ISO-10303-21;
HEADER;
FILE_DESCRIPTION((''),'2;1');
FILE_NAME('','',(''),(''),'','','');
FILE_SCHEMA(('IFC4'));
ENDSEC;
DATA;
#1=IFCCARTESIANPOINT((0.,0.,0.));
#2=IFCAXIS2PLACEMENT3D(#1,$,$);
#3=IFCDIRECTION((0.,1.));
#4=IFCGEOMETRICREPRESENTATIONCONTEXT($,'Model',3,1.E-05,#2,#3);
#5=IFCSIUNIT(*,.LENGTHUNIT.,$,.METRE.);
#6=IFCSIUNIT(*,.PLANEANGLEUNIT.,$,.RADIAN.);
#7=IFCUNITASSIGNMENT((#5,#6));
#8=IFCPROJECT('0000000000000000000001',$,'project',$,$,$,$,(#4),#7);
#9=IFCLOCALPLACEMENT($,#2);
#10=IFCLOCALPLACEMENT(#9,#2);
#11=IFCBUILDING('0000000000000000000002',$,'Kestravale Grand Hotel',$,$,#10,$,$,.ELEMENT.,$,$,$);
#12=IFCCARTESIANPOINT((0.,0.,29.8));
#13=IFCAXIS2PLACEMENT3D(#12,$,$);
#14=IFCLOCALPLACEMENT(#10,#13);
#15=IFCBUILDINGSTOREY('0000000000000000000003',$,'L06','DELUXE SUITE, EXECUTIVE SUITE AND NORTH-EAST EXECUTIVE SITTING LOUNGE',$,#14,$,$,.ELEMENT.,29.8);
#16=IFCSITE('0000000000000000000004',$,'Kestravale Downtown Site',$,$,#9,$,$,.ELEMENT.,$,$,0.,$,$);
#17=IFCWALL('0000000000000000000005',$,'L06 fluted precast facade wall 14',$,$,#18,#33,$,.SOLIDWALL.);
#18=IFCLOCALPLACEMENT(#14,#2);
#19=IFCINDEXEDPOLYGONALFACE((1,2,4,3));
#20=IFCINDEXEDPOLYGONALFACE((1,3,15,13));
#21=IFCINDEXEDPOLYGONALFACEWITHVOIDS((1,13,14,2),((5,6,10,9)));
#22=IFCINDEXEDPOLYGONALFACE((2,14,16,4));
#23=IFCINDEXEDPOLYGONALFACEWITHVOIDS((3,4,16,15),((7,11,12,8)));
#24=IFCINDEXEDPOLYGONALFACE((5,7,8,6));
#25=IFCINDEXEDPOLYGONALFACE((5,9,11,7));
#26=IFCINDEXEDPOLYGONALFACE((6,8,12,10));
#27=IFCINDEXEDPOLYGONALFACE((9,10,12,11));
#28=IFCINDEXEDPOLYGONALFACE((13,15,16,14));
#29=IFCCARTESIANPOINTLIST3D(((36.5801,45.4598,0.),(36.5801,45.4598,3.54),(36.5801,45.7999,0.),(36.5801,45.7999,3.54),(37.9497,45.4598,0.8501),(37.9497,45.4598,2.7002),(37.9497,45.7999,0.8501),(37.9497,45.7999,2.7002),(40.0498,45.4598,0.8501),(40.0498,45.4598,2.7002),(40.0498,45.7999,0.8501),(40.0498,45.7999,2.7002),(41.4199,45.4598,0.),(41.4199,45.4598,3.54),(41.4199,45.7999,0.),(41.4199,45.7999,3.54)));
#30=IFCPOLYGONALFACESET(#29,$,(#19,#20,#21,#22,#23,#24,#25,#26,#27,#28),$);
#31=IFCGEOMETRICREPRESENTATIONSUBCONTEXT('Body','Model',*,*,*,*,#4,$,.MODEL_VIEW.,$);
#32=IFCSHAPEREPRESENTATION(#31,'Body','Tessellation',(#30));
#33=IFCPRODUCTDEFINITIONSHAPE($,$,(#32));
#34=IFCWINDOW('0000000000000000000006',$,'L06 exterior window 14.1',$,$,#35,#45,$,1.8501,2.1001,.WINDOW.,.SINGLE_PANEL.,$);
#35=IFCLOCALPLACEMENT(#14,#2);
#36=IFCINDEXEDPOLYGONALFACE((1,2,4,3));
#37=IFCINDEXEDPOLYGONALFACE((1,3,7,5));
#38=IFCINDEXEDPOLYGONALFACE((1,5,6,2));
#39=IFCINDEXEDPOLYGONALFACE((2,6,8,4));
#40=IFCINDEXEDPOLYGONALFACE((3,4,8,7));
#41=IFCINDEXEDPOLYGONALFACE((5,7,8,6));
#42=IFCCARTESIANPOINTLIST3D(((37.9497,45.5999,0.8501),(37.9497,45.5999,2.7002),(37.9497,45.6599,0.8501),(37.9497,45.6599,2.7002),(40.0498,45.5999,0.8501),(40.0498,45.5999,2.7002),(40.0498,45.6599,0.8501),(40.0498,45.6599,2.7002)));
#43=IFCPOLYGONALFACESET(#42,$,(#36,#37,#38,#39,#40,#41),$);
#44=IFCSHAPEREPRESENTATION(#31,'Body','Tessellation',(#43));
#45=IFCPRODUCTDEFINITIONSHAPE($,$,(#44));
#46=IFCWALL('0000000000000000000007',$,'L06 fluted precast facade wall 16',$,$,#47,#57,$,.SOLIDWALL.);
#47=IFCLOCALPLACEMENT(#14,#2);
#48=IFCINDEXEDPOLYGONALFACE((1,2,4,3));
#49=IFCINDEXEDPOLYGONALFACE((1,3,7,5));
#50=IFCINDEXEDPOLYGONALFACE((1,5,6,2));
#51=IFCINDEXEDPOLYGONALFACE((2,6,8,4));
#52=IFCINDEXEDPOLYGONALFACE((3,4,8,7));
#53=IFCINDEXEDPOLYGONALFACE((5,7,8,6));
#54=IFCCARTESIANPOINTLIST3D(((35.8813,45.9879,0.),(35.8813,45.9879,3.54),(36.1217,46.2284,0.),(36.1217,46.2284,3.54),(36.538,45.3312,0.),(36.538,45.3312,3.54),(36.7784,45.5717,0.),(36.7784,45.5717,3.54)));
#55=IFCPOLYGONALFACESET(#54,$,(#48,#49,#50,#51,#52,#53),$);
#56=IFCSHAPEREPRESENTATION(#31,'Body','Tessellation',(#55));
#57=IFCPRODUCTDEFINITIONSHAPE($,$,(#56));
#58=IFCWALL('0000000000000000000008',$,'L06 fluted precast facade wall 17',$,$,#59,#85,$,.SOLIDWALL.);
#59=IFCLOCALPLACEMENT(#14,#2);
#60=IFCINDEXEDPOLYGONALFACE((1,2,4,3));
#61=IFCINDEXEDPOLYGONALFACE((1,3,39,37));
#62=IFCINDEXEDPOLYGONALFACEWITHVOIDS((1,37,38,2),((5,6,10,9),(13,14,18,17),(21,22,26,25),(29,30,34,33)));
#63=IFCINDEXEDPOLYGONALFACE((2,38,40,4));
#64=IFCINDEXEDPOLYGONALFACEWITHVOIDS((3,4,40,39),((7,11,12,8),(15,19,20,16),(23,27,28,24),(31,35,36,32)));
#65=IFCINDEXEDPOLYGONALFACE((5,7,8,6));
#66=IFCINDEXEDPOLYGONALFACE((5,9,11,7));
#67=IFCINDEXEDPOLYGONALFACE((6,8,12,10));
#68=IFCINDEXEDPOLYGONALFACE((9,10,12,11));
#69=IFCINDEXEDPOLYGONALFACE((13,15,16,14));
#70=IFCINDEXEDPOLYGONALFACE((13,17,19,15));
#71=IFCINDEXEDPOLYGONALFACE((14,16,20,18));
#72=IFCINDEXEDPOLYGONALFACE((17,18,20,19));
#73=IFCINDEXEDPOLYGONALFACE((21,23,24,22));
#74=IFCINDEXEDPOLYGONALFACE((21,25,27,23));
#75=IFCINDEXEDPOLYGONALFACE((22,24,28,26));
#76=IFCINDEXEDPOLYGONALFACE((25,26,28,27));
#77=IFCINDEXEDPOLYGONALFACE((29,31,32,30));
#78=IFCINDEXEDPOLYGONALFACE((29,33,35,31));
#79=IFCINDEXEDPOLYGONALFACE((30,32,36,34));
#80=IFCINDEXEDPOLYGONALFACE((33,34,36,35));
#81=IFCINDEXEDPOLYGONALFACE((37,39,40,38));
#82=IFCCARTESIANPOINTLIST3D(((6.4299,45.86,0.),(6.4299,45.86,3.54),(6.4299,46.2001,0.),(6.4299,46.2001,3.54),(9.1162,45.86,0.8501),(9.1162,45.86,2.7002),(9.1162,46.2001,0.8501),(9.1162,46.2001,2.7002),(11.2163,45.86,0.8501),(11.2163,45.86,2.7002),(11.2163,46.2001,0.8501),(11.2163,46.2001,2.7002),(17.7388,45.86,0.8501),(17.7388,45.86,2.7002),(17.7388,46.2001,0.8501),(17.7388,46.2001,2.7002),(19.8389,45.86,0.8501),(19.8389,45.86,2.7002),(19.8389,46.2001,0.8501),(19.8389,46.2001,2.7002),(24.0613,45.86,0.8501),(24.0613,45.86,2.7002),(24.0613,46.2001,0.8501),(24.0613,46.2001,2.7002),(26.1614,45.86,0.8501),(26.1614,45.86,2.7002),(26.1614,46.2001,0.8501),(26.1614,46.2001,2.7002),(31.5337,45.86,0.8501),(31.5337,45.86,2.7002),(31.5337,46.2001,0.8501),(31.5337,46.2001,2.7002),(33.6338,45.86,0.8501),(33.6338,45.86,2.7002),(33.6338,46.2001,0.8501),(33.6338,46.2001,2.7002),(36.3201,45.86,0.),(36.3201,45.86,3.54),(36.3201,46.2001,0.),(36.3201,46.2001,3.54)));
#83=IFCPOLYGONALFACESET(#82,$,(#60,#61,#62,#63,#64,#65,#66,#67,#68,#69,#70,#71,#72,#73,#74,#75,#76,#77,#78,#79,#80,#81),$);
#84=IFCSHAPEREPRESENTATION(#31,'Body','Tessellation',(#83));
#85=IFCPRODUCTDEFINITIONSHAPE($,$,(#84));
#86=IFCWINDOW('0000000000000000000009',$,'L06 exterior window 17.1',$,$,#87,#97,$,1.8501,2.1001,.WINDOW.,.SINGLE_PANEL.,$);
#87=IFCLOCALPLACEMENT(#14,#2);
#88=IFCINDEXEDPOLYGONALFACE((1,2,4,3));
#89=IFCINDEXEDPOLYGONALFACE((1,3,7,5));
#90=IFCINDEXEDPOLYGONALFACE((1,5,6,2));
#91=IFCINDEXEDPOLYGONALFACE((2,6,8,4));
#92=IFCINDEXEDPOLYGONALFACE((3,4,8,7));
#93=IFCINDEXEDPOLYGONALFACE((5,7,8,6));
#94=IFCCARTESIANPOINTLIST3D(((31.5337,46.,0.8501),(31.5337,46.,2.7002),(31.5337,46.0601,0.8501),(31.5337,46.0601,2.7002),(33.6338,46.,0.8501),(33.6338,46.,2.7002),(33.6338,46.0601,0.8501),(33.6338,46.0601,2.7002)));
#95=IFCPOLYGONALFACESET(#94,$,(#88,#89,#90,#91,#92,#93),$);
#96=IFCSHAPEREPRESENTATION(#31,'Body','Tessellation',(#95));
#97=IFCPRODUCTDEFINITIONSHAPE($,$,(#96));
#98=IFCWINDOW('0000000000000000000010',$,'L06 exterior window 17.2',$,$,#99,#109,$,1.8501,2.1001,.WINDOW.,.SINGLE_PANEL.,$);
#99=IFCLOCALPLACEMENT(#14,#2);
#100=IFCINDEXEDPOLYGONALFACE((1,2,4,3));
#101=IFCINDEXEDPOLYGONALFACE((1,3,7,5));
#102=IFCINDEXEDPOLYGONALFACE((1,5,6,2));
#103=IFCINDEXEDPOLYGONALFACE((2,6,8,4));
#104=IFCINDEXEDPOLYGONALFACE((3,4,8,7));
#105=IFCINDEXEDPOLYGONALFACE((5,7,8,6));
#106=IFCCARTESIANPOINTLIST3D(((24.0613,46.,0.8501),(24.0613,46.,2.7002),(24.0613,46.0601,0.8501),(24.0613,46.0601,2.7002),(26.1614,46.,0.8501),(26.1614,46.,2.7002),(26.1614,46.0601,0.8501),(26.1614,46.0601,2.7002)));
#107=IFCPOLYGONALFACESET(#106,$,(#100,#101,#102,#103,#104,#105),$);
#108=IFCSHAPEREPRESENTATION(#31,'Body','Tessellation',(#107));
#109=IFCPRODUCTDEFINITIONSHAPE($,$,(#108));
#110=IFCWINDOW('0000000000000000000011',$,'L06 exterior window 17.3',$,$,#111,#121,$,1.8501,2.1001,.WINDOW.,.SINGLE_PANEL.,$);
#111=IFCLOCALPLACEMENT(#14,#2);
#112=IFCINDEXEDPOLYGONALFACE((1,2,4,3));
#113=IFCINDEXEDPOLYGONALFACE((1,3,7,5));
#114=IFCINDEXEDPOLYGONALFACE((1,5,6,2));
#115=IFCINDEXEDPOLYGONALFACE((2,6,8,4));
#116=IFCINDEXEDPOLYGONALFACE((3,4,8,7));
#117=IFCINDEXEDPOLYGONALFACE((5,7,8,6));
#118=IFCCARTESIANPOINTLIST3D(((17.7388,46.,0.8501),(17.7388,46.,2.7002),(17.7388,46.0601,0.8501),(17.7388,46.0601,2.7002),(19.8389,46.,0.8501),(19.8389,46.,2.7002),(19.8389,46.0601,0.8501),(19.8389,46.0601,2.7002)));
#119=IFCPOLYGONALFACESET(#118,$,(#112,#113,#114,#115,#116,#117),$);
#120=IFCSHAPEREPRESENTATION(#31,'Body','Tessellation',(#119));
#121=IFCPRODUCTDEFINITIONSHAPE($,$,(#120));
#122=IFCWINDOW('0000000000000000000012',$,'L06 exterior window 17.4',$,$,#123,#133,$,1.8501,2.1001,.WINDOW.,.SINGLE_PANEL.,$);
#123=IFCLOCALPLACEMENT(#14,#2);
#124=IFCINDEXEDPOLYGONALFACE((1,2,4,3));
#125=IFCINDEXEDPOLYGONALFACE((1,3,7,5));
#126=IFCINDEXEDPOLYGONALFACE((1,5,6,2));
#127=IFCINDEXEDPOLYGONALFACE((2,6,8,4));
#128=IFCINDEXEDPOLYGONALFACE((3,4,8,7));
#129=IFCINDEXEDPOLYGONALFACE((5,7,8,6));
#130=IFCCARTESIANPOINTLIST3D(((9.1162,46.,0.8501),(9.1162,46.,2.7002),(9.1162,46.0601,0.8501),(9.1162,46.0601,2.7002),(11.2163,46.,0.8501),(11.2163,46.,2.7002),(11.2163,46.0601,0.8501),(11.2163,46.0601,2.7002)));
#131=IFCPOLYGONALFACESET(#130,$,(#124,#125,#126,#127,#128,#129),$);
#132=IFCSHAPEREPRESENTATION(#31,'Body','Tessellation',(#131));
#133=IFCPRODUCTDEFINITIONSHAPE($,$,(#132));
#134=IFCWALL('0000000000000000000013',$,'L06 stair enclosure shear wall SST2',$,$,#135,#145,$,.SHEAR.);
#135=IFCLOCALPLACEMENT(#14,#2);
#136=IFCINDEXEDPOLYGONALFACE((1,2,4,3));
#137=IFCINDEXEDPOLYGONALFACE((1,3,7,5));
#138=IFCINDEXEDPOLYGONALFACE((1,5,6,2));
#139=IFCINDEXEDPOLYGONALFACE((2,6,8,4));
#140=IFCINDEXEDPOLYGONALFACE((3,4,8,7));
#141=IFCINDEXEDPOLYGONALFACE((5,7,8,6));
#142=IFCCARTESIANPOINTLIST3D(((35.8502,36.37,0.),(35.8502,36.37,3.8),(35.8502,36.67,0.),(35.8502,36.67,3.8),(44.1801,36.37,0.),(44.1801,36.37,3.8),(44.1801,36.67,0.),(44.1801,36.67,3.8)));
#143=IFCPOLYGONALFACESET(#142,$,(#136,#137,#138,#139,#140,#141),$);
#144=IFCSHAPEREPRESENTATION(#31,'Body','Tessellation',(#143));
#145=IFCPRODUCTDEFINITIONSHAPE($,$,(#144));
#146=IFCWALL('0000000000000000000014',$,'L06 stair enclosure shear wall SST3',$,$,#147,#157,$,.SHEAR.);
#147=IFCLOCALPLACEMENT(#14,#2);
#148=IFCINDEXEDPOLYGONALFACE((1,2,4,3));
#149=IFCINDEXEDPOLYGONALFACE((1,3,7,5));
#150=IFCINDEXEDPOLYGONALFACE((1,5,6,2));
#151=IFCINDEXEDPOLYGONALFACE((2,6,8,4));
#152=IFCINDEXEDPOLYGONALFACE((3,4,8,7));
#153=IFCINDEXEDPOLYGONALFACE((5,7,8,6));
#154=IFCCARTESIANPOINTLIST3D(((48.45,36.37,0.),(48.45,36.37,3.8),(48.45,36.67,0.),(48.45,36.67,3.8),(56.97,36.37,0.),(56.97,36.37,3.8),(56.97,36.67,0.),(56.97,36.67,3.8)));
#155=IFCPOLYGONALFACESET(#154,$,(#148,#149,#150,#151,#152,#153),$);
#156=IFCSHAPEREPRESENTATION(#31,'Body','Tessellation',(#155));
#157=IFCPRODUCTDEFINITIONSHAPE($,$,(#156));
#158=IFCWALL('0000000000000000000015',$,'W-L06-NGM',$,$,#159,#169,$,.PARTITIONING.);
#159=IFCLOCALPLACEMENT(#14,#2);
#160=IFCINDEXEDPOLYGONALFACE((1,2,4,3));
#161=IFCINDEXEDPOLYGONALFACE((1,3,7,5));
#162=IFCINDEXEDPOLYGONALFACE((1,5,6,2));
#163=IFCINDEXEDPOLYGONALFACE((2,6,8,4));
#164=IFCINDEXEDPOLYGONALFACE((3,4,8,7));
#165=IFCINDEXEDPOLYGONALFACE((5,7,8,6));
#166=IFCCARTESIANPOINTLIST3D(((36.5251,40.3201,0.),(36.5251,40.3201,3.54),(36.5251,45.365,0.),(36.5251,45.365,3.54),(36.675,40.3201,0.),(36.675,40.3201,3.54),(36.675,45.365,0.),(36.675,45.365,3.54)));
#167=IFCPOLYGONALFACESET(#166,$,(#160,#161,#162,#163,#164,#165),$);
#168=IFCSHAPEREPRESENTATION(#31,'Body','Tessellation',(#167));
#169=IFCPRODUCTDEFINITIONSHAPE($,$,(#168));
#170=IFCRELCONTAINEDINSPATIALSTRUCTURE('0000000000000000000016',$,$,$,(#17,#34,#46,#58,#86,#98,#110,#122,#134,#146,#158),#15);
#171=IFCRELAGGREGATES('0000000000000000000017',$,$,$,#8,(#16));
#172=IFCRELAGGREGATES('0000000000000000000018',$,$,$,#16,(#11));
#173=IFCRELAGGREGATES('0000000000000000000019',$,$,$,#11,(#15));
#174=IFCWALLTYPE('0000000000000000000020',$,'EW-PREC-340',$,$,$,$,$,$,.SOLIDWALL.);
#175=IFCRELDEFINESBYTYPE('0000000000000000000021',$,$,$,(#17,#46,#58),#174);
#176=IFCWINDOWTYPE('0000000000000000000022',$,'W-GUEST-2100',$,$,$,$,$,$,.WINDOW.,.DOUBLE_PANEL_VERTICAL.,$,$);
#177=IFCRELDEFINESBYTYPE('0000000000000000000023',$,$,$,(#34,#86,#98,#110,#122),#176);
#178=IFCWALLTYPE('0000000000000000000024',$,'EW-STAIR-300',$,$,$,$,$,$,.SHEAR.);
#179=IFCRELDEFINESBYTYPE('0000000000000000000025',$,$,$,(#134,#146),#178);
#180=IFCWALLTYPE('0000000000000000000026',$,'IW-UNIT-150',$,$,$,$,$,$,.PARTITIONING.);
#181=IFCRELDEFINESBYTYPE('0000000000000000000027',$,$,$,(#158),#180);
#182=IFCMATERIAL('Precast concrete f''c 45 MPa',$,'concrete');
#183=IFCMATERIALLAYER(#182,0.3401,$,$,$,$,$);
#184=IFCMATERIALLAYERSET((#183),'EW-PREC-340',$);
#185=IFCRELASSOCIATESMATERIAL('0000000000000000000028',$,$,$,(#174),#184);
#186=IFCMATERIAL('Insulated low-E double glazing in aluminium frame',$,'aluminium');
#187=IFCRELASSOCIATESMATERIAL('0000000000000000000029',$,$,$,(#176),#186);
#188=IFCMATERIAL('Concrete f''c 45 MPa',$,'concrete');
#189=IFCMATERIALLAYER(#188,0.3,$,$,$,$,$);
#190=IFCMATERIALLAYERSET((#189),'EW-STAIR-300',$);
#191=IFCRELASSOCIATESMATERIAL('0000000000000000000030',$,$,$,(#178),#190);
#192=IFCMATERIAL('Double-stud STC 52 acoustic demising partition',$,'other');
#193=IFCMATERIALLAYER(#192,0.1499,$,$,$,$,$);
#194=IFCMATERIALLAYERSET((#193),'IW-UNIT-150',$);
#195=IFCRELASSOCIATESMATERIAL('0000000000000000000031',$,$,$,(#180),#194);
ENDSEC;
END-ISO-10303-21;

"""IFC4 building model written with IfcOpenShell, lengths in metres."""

from ifc_helpers import new_model, si_unit, direction, frame, frame_2d, origin, place, context, subcontext, project, spatial, rectangle, extrude, material, layer, layer_set, type_object, element, fill, save


model = new_model("IFC4")

# Units and contexts
model_context = context("Model", 3, precision=1e-05, world=origin(), true_north=direction((0.0, 1.0)))
body_context = subcontext(model_context, "Body", "Model", "MODEL_VIEW")
ifc_project = project(units=[si_unit("LENGTHUNIT", "METRE"), si_unit("PLANEANGLEUNIT", "RADIAN")], contexts=[model_context])

# Site, building, storey
site_placement = place(None, origin())
site = spatial("IfcSite", under=ifc_project, at=site_placement, Name="Kestravale Downtown Site", CompositionType="ELEMENT", RefElevation=0.0)
building_placement = place(site_placement, origin())
building = spatial("IfcBuilding", under=site, at=building_placement, Name="Kestravale Grand Hotel", CompositionType="ELEMENT")
storey_placement = place(building_placement, frame((0.0, 0.0, 29.8)))
storey = spatial("IfcBuildingStorey", under=building, at=storey_placement, Name="L06", Description="DELUXE SUITE, EXECUTIVE SUITE AND NORTH-EAST EXECUTIVE SITTING LOUNGE", CompositionType="ELEMENT", Elevation=29.8)

# Shared definitions
ifc_material_1 = material(Name="Precast concrete f'c 45 MPa", Category="concrete")
ifc_layer_1 = layer(ifc_material_1, 0.3401)
ifc_layer_set_1 = layer_set([ifc_layer_1], Name="EW-PREC-340")
wall_type_1 = type_object("IfcWallType", Name="EW-PREC-340", PredefinedType="SOLIDWALL", material=ifc_layer_set_1)

# Wall, opening, window
ifc_material_2 = material(Name="Insulated low-E double glazing in aluminium frame", Category="aluminium")
window_type = type_object("IfcWindowType", Name="W-GUEST-2100", PartitioningType="DOUBLE_PANEL_VERTICAL", PredefinedType="WINDOW", material=ifc_material_2)
wall_1_placement = place(storey_placement, frame((41.4199, 45.6299, 0.0), z_axis=(0.0, 0.0, 1.0), x_axis=(-1.0, 0.0, 0.0)))
wall_1 = element("IfcWall", 1, at=wall_1_placement, inside=storey, type_object=wall_type_1, Name="L06 fluted precast facade wall 14", PredefinedType="SOLIDWALL", context=body_context, shape_type="SweptSolid", body=[
    extrude(rectangle(XDim=4.8398, YDim=0.3401, at=frame_2d((2.4199, 0.0))), origin(), (0.0, 0.0, 1.0), 3.54),
])
opening_1_placement = place(wall_1_placement, frame((1.3701, 0.0, 0.8501)))
opening_1 = element("IfcOpeningElement", 2, at=opening_1_placement, cuts=wall_1, PredefinedType="OPENING", context=body_context, shape_type="SweptSolid", body=[
    extrude(rectangle(XDim=2.1001, YDim=1.8501, at=frame_2d((1.05, 0.925))), frame((0.0, 0.1799, 0.0), z_axis=(0.0, -1.0, 0.0), x_axis=(1.0, 0.0, 0.0)), (0.0, 0.0, 1.0), 0.3601),
])
window_1_placement = place(opening_1_placement, origin())
window_1 = element("IfcWindow", 3, at=window_1_placement, inside=storey, type_object=window_type, Name="L06 exterior window 14.1", OverallHeight=1.8501, OverallWidth=2.1001, PartitioningType="SINGLE_PANEL", PredefinedType="WINDOW", context=body_context, shape_type="SweptSolid", body=[
    extrude(rectangle(XDim=2.1001, YDim=1.8501, at=frame_2d((1.05, 0.925))), frame((0.0, 0.03, 0.0), z_axis=(0.0, -1.0, 0.0), x_axis=(1.0, 0.0, 0.0)), (0.0, 0.0, 1.0), 0.0601),
])
fill(opening_1, window_1)

# Wall
wall_2_placement = place(storey_placement, frame((36.6582, 45.4514, 0.0), z_axis=(0.0, 0.0, 1.0), x_axis=(-0.707107, 0.707107, 0.0)))
element("IfcWall", 4, at=wall_2_placement, inside=storey, type_object=wall_type_1, Name="L06 fluted precast facade wall 16", PredefinedType="SOLIDWALL", context=body_context, shape_type="SweptSolid", body=[
    extrude(rectangle(XDim=0.9287, YDim=0.3401, at=frame_2d((0.4644, 0.0))), origin(), (0.0, 0.0, 1.0), 3.54),
])

# Wall, openings, windows
wall_3_placement = place(storey_placement, frame((36.3201, 46.03, 0.0), z_axis=(0.0, 0.0, 1.0), x_axis=(-1.0, 0.0, 0.0)))
wall_3 = element("IfcWall", 5, at=wall_3_placement, inside=storey, type_object=wall_type_1, Name="L06 fluted precast facade wall 17", PredefinedType="SOLIDWALL", context=body_context, shape_type="SweptSolid", body=[
    extrude(rectangle(XDim=29.8901, YDim=0.3401, at=frame_2d((14.9451, 0.0))), origin(), (0.0, 0.0, 1.0), 3.54),
])
opening_2_placement = place(wall_3_placement, frame((2.6863, 0.0, 0.8501)))
opening_2 = element("IfcOpeningElement", 6, at=opening_2_placement, cuts=wall_3, PredefinedType="OPENING", context=body_context, shape_type="SweptSolid", body=[
    extrude(rectangle(XDim=2.1001, YDim=1.8501, at=frame_2d((1.05, 0.925))), frame((0.0, 0.1799, 0.0), z_axis=(0.0, -1.0, 0.0), x_axis=(1.0, 0.0, 0.0)), (0.0, 0.0, 1.0), 0.3601),
])
opening_3_placement = place(wall_3_placement, frame((10.1587, 0.0, 0.8501)))
opening_3 = element("IfcOpeningElement", 7, at=opening_3_placement, cuts=wall_3, PredefinedType="OPENING", context=body_context, shape_type="SweptSolid", body=[
    extrude(rectangle(XDim=2.1001, YDim=1.8501, at=frame_2d((1.05, 0.925))), frame((0.0, 0.1799, 0.0), z_axis=(0.0, -1.0, 0.0), x_axis=(1.0, 0.0, 0.0)), (0.0, 0.0, 1.0), 0.3601),
])
opening_4_placement = place(wall_3_placement, frame((16.4812, 0.0, 0.8501)))
opening_4 = element("IfcOpeningElement", 8, at=opening_4_placement, cuts=wall_3, PredefinedType="OPENING", context=body_context, shape_type="SweptSolid", body=[
    extrude(rectangle(XDim=2.1001, YDim=1.8501, at=frame_2d((1.05, 0.925))), frame((0.0, 0.1799, 0.0), z_axis=(0.0, -1.0, 0.0), x_axis=(1.0, 0.0, 0.0)), (0.0, 0.0, 1.0), 0.3601),
])
opening_5_placement = place(wall_3_placement, frame((25.1038, 0.0, 0.8501)))
opening_5 = element("IfcOpeningElement", 9, at=opening_5_placement, cuts=wall_3, PredefinedType="OPENING", context=body_context, shape_type="SweptSolid", body=[
    extrude(rectangle(XDim=2.1001, YDim=1.8501, at=frame_2d((1.05, 0.925))), frame((0.0, 0.1799, 0.0), z_axis=(0.0, -1.0, 0.0), x_axis=(1.0, 0.0, 0.0)), (0.0, 0.0, 1.0), 0.3601),
])
window_2_placement = place(opening_2_placement, origin())
window_2 = element("IfcWindow", 10, at=window_2_placement, inside=storey, type_object=window_type, Name="L06 exterior window 17.1", OverallHeight=1.8501, OverallWidth=2.1001, PartitioningType="SINGLE_PANEL", PredefinedType="WINDOW", context=body_context, shape_type="SweptSolid", body=[
    extrude(rectangle(XDim=2.1001, YDim=1.8501, at=frame_2d((1.05, 0.925))), frame((0.0, 0.03, 0.0), z_axis=(0.0, -1.0, 0.0), x_axis=(1.0, 0.0, 0.0)), (0.0, 0.0, 1.0), 0.0601),
])
fill(opening_2, window_2)
window_3_placement = place(opening_3_placement, origin())
window_3 = element("IfcWindow", 11, at=window_3_placement, inside=storey, type_object=window_type, Name="L06 exterior window 17.2", OverallHeight=1.8501, OverallWidth=2.1001, PartitioningType="SINGLE_PANEL", PredefinedType="WINDOW", context=body_context, shape_type="SweptSolid", body=[
    extrude(rectangle(XDim=2.1001, YDim=1.8501, at=frame_2d((1.05, 0.925))), frame((0.0, 0.03, 0.0), z_axis=(0.0, -1.0, 0.0), x_axis=(1.0, 0.0, 0.0)), (0.0, 0.0, 1.0), 0.0601),
])
fill(opening_3, window_3)
window_4_placement = place(opening_4_placement, origin())
window_4 = element("IfcWindow", 12, at=window_4_placement, inside=storey, type_object=window_type, Name="L06 exterior window 17.3", OverallHeight=1.8501, OverallWidth=2.1001, PartitioningType="SINGLE_PANEL", PredefinedType="WINDOW", context=body_context, shape_type="SweptSolid", body=[
    extrude(rectangle(XDim=2.1001, YDim=1.8501, at=frame_2d((1.05, 0.925))), frame((0.0, 0.03, 0.0), z_axis=(0.0, -1.0, 0.0), x_axis=(1.0, 0.0, 0.0)), (0.0, 0.0, 1.0), 0.0601),
])
fill(opening_4, window_4)
window_5_placement = place(opening_5_placement, origin())
window_5 = element("IfcWindow", 13, at=window_5_placement, inside=storey, type_object=window_type, Name="L06 exterior window 17.4", OverallHeight=1.8501, OverallWidth=2.1001, PartitioningType="SINGLE_PANEL", PredefinedType="WINDOW", context=body_context, shape_type="SweptSolid", body=[
    extrude(rectangle(XDim=2.1001, YDim=1.8501, at=frame_2d((1.05, 0.925))), frame((0.0, 0.03, 0.0), z_axis=(0.0, -1.0, 0.0), x_axis=(1.0, 0.0, 0.0)), (0.0, 0.0, 1.0), 0.0601),
])
fill(opening_5, window_5)

# Walls
ifc_material_3 = material(Name="Concrete f'c 45 MPa", Category="concrete")
ifc_layer_2 = layer(ifc_material_3, 0.3)
ifc_layer_set_2 = layer_set([ifc_layer_2], Name="EW-STAIR-300")
wall_type_2 = type_object("IfcWallType", Name="EW-STAIR-300", PredefinedType="SHEAR", material=ifc_layer_set_2)
wall_4_placement = place(storey_placement, frame((35.8501, 36.52, 0.0), z_axis=(0.0, 0.0, 1.0), x_axis=(1.0, 0.0, 0.0)))
element("IfcWall", 14, at=wall_4_placement, inside=storey, type_object=wall_type_2, Name="L06 stair enclosure shear wall SST2", PredefinedType="SHEAR", context=body_context, shape_type="SweptSolid", body=[
    extrude(rectangle(XDim=8.3298, YDim=0.3, at=frame_2d((4.165, 0.0))), origin(), (0.0, 0.0, 1.0), 3.8),
])
wall_5_placement = place(storey_placement, frame((48.45, 36.52, 0.0), z_axis=(0.0, 0.0, 1.0), x_axis=(1.0, 0.0, 0.0)))
element("IfcWall", 15, at=wall_5_placement, inside=storey, type_object=wall_type_2, Name="L06 stair enclosure shear wall SST3", PredefinedType="SHEAR", context=body_context, shape_type="SweptSolid", body=[
    extrude(rectangle(XDim=8.52, YDim=0.3, at=frame_2d((4.26, 0.0))), origin(), (0.0, 0.0, 1.0), 3.8),
])
ifc_material_4 = material(Name="Double-stud STC 52 acoustic demising partition", Category="other")
ifc_layer_3 = layer(ifc_material_4, 0.1499)
ifc_layer_set_3 = layer_set([ifc_layer_3], Name="IW-UNIT-150")
wall_type_3 = type_object("IfcWallType", Name="IW-UNIT-150", PredefinedType="PARTITIONING", material=ifc_layer_set_3)
wall_6_placement = place(storey_placement, frame((36.6001, 40.3201, 0.0), z_axis=(0.0, 0.0, 1.0), x_axis=(0.0, 1.0, 0.0)))
element("IfcWall", 16, at=wall_6_placement, inside=storey, type_object=wall_type_3, Name="W-L06-NGM", PredefinedType="PARTITIONING", context=body_context, shape_type="SweptSolid", body=[
    extrude(rectangle(XDim=5.0449, YDim=0.1499, at=frame_2d((2.5225, 0.0))), origin(), (0.0, 0.0, 1.0), 3.54),
])

save(model, "model.ifc")
